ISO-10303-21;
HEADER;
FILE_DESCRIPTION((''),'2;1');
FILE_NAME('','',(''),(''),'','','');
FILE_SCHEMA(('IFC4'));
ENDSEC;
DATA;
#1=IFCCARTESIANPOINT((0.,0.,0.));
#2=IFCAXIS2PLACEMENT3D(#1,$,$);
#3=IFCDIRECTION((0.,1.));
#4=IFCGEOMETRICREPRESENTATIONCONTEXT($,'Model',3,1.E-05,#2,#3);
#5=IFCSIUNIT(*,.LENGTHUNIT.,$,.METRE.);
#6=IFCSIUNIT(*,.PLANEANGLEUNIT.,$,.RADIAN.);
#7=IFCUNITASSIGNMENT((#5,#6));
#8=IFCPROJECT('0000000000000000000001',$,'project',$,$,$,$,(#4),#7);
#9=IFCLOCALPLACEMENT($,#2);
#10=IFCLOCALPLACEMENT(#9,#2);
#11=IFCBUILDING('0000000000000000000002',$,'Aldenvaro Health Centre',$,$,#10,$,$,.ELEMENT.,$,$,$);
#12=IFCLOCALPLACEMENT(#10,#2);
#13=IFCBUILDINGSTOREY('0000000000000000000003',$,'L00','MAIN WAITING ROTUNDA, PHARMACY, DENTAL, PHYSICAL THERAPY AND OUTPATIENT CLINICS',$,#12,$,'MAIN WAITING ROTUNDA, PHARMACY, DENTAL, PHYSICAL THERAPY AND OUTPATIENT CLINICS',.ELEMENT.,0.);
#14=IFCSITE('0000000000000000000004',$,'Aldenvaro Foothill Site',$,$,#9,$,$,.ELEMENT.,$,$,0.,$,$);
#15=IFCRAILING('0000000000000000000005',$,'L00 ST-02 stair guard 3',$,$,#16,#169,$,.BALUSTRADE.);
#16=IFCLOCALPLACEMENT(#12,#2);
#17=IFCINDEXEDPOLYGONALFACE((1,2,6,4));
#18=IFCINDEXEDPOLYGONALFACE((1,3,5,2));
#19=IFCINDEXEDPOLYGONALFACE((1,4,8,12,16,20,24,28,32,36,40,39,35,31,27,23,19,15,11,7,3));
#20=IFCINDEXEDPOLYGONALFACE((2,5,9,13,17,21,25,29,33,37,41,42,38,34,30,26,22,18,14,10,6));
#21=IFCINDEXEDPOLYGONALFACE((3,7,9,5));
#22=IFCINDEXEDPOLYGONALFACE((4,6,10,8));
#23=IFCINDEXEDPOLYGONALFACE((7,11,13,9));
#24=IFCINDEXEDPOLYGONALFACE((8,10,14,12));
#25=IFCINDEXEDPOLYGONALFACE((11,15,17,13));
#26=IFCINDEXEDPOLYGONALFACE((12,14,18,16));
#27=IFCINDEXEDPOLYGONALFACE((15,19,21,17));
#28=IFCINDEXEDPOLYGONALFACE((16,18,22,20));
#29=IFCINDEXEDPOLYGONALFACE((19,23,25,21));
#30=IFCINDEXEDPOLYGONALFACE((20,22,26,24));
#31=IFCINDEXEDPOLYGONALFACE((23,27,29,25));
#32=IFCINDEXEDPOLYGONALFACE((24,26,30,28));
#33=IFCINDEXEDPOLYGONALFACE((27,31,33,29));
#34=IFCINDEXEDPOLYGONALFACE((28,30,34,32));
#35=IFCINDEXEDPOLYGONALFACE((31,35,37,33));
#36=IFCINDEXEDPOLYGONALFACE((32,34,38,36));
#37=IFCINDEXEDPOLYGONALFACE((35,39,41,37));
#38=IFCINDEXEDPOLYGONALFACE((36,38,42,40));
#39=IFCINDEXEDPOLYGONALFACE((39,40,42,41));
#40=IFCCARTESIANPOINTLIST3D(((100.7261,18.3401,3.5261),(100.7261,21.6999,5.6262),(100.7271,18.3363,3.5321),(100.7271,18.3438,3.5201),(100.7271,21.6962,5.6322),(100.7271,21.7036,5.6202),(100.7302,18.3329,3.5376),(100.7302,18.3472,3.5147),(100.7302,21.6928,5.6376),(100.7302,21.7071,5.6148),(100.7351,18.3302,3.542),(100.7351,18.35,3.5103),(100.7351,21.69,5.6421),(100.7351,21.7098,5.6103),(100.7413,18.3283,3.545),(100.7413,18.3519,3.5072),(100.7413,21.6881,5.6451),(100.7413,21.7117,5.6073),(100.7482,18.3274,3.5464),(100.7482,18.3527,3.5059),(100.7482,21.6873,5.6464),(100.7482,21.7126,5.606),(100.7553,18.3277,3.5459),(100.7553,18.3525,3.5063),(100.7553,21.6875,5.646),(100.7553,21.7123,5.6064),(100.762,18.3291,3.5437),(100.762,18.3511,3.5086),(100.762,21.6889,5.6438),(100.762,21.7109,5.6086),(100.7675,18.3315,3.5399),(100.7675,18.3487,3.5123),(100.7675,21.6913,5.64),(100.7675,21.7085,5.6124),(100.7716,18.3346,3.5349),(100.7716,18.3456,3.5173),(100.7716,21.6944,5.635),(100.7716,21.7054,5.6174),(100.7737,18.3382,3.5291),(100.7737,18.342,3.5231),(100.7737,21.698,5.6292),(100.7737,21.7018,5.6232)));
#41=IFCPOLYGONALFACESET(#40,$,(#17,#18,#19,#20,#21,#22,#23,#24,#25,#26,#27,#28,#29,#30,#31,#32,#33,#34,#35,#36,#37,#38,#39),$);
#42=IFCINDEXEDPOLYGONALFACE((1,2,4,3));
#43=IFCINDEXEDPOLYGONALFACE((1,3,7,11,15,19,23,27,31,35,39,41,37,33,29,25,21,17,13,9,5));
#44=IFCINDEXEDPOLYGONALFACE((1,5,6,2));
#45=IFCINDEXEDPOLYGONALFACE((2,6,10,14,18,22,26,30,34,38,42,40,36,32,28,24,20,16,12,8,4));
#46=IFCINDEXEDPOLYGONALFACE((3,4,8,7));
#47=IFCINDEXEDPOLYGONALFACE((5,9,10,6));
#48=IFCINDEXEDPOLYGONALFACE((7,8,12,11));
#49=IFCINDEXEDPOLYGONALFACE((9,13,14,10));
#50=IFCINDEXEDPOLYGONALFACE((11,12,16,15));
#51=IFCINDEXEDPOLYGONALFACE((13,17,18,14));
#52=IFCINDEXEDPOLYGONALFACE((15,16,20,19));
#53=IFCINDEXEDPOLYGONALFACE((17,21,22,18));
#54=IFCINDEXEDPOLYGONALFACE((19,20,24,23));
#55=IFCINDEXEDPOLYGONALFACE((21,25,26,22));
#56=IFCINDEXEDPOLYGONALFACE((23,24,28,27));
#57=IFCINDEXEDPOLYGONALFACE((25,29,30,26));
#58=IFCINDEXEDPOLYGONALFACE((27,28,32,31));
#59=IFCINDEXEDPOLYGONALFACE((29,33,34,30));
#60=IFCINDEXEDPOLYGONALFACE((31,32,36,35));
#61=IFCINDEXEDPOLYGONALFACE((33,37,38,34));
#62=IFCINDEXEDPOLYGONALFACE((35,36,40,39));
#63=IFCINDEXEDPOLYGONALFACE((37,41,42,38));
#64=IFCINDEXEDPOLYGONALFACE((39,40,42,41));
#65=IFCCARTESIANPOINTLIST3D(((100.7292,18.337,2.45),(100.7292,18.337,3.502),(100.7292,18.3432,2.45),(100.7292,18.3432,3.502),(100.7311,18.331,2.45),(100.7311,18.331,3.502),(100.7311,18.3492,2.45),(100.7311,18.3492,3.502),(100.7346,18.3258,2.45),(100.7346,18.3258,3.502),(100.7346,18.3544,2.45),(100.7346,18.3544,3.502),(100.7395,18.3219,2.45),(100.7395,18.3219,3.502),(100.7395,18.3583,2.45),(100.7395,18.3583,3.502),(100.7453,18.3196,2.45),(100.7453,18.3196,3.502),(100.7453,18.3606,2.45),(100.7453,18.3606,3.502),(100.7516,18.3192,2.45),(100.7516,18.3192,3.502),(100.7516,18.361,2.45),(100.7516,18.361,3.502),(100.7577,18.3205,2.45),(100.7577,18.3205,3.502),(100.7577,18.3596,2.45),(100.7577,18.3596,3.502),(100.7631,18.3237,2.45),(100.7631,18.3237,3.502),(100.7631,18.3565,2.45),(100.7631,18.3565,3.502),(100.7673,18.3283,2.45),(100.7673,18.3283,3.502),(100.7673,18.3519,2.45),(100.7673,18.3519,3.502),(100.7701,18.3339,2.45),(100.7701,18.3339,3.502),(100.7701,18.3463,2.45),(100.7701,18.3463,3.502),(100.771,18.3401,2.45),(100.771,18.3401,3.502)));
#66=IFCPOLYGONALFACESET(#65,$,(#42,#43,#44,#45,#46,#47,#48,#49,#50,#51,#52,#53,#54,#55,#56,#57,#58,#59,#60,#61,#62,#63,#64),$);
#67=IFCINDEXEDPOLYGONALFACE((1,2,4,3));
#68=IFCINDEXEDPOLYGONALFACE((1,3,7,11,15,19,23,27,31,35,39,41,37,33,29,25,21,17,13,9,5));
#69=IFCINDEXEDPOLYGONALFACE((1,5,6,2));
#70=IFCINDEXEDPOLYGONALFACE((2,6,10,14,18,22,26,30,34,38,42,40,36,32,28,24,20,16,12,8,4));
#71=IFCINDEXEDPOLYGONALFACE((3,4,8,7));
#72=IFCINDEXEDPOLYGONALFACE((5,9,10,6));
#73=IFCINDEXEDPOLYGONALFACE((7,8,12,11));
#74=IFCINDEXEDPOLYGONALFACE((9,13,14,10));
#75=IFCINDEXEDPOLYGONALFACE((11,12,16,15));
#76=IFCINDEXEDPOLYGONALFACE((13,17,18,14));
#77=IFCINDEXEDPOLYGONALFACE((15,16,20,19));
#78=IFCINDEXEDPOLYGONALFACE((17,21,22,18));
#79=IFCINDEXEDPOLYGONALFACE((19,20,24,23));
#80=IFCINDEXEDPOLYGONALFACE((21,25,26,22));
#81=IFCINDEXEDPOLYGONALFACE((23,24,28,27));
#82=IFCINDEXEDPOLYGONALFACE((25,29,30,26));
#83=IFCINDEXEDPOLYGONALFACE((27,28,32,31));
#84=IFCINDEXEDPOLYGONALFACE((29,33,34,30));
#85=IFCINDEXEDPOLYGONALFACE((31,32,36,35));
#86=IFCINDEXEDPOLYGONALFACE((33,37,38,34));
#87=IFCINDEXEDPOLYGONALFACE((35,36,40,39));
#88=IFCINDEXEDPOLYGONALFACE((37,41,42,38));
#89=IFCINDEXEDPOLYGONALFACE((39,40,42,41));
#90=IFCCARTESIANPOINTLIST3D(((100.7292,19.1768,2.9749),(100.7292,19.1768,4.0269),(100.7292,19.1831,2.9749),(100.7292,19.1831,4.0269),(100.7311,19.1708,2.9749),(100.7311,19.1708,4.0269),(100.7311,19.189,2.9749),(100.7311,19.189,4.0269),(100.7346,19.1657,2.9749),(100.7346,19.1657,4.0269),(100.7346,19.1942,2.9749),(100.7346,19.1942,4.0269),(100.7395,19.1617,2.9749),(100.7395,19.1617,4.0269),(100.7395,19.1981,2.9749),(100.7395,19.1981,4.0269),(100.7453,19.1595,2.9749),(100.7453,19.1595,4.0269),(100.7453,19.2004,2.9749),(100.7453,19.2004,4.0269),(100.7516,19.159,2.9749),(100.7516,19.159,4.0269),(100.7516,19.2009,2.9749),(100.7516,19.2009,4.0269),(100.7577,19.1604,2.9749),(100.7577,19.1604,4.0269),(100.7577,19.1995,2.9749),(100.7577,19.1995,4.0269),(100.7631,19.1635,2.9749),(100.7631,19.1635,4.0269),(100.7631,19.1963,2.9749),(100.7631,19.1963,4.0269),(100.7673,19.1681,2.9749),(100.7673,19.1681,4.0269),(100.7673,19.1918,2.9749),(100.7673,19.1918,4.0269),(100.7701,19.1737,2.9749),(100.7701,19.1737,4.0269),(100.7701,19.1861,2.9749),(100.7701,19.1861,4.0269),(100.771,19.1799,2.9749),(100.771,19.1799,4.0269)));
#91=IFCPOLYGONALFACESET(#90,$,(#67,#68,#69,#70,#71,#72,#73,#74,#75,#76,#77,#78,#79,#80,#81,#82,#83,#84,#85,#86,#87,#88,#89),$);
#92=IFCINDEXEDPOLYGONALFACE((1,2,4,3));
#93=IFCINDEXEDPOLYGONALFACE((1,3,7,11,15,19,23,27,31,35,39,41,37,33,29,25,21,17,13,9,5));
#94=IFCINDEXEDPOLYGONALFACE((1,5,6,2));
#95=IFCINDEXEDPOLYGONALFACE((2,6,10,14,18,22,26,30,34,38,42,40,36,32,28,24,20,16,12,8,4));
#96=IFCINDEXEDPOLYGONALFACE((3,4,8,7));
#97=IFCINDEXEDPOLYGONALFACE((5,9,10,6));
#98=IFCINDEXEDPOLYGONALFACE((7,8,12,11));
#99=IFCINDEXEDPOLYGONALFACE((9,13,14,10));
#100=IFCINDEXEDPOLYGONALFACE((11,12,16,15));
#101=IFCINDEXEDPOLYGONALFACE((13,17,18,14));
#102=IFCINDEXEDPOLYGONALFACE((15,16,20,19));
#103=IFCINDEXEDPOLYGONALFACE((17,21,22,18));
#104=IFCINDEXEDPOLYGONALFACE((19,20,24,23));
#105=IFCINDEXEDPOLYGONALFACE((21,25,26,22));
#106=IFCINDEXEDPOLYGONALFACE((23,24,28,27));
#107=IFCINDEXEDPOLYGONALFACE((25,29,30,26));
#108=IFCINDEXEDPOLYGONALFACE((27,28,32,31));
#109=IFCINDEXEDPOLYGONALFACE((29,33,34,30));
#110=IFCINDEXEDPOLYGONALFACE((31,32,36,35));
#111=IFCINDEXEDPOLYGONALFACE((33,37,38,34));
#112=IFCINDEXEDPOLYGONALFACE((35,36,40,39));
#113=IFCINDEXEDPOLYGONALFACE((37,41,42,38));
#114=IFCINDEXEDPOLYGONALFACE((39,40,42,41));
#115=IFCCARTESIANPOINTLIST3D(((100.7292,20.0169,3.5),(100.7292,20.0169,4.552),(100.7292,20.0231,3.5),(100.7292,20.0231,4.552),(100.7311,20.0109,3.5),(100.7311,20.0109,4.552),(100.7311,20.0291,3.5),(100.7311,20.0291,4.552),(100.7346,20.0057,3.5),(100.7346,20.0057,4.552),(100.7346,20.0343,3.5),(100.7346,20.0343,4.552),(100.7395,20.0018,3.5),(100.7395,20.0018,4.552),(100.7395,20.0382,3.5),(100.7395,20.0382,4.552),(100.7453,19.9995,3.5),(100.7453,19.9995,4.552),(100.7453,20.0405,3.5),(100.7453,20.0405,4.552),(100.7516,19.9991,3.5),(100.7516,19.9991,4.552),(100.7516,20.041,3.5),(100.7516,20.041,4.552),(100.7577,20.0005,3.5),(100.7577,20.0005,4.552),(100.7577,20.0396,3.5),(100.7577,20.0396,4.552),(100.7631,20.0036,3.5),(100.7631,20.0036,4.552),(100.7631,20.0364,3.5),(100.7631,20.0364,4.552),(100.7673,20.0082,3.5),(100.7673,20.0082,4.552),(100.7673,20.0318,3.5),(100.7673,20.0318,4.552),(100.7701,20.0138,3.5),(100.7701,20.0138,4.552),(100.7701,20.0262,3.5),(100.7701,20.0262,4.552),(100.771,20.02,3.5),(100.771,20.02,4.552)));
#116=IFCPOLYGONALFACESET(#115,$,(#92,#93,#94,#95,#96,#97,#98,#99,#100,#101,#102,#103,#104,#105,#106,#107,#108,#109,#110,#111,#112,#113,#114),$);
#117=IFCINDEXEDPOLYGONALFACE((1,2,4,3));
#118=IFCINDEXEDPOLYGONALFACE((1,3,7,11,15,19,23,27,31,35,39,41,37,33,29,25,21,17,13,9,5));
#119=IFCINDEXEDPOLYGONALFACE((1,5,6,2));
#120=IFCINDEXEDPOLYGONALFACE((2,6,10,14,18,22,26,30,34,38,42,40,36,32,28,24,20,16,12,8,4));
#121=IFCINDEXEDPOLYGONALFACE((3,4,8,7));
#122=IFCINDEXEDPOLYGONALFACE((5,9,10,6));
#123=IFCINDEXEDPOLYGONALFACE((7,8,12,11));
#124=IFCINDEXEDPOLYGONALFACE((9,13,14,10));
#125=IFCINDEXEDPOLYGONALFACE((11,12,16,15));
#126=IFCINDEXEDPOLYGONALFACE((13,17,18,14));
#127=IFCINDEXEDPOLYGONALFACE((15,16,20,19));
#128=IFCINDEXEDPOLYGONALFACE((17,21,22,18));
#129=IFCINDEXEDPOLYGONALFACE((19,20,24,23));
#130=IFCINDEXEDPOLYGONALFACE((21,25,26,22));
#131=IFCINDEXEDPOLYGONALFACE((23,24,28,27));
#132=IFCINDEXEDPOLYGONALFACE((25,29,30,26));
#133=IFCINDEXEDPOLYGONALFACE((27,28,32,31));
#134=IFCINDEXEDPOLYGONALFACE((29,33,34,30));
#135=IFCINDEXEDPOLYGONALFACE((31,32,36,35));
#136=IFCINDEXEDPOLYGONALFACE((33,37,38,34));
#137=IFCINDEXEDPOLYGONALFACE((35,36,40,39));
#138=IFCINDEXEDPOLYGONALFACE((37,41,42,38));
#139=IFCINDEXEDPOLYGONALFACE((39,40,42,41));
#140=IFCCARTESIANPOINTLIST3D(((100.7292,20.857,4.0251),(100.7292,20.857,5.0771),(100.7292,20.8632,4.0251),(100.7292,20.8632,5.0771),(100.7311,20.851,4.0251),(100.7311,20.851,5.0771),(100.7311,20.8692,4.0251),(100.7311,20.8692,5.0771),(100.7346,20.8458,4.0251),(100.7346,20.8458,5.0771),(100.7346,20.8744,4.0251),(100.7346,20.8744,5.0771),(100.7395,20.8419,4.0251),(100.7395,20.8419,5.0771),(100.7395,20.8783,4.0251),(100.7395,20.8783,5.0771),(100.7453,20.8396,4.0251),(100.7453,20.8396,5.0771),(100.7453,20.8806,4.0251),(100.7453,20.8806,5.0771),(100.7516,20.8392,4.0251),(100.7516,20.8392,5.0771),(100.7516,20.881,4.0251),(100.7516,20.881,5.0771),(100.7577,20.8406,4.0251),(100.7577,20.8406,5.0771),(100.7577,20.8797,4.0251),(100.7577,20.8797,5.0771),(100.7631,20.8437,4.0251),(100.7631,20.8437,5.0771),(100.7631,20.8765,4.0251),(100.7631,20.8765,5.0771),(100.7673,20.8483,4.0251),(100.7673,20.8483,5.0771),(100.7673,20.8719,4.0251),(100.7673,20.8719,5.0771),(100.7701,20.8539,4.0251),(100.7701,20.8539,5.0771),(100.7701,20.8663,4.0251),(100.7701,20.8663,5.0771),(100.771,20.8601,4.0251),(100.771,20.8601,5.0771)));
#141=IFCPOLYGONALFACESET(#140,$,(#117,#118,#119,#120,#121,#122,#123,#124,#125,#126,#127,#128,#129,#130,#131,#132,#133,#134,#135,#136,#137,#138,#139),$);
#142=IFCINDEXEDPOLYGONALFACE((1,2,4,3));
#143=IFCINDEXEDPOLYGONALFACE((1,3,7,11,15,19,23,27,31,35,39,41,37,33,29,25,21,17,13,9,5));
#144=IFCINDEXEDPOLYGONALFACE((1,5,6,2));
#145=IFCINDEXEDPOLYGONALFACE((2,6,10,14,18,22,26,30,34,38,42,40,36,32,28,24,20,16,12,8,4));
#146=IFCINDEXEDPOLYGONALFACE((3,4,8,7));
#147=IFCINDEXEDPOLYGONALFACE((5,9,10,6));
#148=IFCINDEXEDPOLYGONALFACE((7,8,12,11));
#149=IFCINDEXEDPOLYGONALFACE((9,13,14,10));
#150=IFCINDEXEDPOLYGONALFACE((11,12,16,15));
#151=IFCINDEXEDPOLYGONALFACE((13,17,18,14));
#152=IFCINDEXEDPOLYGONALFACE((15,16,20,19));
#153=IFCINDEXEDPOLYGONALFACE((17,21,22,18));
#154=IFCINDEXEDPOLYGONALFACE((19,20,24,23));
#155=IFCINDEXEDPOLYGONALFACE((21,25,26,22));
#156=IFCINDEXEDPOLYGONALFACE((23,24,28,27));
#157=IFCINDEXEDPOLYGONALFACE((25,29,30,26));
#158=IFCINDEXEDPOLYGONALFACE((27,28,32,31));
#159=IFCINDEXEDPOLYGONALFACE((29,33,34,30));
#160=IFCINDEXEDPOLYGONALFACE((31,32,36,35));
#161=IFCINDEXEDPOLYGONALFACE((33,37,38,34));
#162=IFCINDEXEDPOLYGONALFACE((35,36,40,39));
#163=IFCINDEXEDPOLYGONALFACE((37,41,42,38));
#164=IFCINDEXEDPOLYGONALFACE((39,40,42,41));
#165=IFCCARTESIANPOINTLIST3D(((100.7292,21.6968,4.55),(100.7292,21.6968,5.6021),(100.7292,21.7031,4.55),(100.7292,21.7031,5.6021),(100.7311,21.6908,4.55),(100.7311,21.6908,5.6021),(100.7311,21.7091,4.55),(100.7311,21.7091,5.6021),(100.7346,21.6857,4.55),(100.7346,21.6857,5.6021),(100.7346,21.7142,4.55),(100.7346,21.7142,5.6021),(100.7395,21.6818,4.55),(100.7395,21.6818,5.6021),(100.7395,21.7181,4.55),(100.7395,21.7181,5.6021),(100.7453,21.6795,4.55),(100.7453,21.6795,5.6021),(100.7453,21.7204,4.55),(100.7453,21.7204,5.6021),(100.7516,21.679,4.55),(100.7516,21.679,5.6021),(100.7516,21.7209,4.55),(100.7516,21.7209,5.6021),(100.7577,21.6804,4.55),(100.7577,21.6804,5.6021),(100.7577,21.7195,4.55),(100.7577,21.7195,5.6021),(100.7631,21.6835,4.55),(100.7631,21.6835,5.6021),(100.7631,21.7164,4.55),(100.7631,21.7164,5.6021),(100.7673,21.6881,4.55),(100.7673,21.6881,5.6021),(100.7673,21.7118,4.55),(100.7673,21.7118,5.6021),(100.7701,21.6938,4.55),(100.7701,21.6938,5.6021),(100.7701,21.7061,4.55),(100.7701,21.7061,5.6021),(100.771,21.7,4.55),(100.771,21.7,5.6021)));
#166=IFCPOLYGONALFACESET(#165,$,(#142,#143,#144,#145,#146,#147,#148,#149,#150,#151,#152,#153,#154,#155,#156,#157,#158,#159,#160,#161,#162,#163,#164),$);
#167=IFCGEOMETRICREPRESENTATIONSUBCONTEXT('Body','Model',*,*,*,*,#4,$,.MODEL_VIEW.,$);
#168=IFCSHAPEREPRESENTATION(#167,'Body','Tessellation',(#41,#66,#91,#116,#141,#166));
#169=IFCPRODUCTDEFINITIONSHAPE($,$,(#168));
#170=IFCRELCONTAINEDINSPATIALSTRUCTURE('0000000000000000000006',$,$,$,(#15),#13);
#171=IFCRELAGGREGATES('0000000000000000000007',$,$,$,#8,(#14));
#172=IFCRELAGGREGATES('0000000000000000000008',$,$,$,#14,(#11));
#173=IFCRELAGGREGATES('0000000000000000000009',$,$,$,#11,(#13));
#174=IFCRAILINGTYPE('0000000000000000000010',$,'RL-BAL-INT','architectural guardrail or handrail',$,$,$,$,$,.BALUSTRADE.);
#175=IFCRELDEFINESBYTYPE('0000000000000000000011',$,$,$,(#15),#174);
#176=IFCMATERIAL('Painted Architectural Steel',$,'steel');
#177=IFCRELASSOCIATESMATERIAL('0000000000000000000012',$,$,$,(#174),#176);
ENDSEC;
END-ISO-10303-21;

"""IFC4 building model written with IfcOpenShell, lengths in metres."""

from ifc_helpers import new_model, si_unit, direction, frame, origin, origin_2d, place, context, subcontext, project, spatial, circle, extrude, material, type_object, element, save


model = new_model("IFC4")

# Units and contexts
model_context = context("Model", 3, precision=1e-05, world=origin(), true_north=direction((0.0, 1.0)))
body_context = subcontext(model_context, "Body", "Model", "MODEL_VIEW")
ifc_project = project(units=[si_unit("LENGTHUNIT", "METRE"), si_unit("PLANEANGLEUNIT", "RADIAN")], contexts=[model_context])

# Site, building, storey
site_placement = place(None, origin())
site = spatial("IfcSite", under=ifc_project, at=site_placement, Name="Aldenvaro Foothill Site", CompositionType="ELEMENT", RefElevation=0.0)
building_placement = place(site_placement, origin())
building = spatial("IfcBuilding", under=site, at=building_placement, Name="Aldenvaro Health Centre", CompositionType="ELEMENT")
storey_placement = place(building_placement, origin())
storey = spatial("IfcBuildingStorey", under=building, at=storey_placement, Name="L00", Description="MAIN WAITING ROTUNDA, PHARMACY, DENTAL, PHYSICAL THERAPY AND OUTPATIENT CLINICS", LongName="MAIN WAITING ROTUNDA, PHARMACY, DENTAL, PHYSICAL THERAPY AND OUTPATIENT CLINICS", CompositionType="ELEMENT", Elevation=0.0)

# Railing
ifc_material_1 = material(Name="Painted Architectural Steel", Category="steel")
railing_type_1 = type_object("IfcRailingType", Name="RL-BAL-INT", Description="architectural guardrail or handrail", PredefinedType="BALUSTRADE", material=ifc_material_1)
railing_1_placement = place(storey_placement, frame((100.75, 18.3401, 2.45)))
element("IfcRailing", 1, at=railing_1_placement, inside=storey, type_object=railing_type_1, Name="L00 ST-02 stair guard 3", PredefinedType="BALUSTRADE", context=body_context, shape_type="SweptSolid", body=[
    extrude(circle(Radius=0.0239, at=origin_2d()), frame((0.0, 0.0, 1.0762), z_axis=(0.0, 0.847978, 0.530032), x_axis=(-1.0, 0.0, 0.0)), (0.0, 0.0, 1.0), 3.9622),
    extrude(circle(Radius=0.021, at=origin_2d()), origin(), (0.0, 0.0, 1.0), 1.052),
    extrude(circle(Radius=0.021, at=origin_2d()), frame((0.0, 0.8398, 0.5249)), (0.0, 0.0, 1.0), 1.052),
    extrude(circle(Radius=0.021, at=origin_2d()), frame((0.0, 1.6799, 1.05)), (0.0, 0.0, 1.0), 1.052),
    extrude(circle(Radius=0.021, at=origin_2d()), frame((0.0, 2.52, 1.5752)), (0.0, 0.0, 1.0), 1.052),
    extrude(circle(Radius=0.021, at=origin_2d()), frame((0.0, 3.3599, 2.1001)), (0.0, 0.0, 1.0), 1.052),
])

save(model, "model.ifc")
